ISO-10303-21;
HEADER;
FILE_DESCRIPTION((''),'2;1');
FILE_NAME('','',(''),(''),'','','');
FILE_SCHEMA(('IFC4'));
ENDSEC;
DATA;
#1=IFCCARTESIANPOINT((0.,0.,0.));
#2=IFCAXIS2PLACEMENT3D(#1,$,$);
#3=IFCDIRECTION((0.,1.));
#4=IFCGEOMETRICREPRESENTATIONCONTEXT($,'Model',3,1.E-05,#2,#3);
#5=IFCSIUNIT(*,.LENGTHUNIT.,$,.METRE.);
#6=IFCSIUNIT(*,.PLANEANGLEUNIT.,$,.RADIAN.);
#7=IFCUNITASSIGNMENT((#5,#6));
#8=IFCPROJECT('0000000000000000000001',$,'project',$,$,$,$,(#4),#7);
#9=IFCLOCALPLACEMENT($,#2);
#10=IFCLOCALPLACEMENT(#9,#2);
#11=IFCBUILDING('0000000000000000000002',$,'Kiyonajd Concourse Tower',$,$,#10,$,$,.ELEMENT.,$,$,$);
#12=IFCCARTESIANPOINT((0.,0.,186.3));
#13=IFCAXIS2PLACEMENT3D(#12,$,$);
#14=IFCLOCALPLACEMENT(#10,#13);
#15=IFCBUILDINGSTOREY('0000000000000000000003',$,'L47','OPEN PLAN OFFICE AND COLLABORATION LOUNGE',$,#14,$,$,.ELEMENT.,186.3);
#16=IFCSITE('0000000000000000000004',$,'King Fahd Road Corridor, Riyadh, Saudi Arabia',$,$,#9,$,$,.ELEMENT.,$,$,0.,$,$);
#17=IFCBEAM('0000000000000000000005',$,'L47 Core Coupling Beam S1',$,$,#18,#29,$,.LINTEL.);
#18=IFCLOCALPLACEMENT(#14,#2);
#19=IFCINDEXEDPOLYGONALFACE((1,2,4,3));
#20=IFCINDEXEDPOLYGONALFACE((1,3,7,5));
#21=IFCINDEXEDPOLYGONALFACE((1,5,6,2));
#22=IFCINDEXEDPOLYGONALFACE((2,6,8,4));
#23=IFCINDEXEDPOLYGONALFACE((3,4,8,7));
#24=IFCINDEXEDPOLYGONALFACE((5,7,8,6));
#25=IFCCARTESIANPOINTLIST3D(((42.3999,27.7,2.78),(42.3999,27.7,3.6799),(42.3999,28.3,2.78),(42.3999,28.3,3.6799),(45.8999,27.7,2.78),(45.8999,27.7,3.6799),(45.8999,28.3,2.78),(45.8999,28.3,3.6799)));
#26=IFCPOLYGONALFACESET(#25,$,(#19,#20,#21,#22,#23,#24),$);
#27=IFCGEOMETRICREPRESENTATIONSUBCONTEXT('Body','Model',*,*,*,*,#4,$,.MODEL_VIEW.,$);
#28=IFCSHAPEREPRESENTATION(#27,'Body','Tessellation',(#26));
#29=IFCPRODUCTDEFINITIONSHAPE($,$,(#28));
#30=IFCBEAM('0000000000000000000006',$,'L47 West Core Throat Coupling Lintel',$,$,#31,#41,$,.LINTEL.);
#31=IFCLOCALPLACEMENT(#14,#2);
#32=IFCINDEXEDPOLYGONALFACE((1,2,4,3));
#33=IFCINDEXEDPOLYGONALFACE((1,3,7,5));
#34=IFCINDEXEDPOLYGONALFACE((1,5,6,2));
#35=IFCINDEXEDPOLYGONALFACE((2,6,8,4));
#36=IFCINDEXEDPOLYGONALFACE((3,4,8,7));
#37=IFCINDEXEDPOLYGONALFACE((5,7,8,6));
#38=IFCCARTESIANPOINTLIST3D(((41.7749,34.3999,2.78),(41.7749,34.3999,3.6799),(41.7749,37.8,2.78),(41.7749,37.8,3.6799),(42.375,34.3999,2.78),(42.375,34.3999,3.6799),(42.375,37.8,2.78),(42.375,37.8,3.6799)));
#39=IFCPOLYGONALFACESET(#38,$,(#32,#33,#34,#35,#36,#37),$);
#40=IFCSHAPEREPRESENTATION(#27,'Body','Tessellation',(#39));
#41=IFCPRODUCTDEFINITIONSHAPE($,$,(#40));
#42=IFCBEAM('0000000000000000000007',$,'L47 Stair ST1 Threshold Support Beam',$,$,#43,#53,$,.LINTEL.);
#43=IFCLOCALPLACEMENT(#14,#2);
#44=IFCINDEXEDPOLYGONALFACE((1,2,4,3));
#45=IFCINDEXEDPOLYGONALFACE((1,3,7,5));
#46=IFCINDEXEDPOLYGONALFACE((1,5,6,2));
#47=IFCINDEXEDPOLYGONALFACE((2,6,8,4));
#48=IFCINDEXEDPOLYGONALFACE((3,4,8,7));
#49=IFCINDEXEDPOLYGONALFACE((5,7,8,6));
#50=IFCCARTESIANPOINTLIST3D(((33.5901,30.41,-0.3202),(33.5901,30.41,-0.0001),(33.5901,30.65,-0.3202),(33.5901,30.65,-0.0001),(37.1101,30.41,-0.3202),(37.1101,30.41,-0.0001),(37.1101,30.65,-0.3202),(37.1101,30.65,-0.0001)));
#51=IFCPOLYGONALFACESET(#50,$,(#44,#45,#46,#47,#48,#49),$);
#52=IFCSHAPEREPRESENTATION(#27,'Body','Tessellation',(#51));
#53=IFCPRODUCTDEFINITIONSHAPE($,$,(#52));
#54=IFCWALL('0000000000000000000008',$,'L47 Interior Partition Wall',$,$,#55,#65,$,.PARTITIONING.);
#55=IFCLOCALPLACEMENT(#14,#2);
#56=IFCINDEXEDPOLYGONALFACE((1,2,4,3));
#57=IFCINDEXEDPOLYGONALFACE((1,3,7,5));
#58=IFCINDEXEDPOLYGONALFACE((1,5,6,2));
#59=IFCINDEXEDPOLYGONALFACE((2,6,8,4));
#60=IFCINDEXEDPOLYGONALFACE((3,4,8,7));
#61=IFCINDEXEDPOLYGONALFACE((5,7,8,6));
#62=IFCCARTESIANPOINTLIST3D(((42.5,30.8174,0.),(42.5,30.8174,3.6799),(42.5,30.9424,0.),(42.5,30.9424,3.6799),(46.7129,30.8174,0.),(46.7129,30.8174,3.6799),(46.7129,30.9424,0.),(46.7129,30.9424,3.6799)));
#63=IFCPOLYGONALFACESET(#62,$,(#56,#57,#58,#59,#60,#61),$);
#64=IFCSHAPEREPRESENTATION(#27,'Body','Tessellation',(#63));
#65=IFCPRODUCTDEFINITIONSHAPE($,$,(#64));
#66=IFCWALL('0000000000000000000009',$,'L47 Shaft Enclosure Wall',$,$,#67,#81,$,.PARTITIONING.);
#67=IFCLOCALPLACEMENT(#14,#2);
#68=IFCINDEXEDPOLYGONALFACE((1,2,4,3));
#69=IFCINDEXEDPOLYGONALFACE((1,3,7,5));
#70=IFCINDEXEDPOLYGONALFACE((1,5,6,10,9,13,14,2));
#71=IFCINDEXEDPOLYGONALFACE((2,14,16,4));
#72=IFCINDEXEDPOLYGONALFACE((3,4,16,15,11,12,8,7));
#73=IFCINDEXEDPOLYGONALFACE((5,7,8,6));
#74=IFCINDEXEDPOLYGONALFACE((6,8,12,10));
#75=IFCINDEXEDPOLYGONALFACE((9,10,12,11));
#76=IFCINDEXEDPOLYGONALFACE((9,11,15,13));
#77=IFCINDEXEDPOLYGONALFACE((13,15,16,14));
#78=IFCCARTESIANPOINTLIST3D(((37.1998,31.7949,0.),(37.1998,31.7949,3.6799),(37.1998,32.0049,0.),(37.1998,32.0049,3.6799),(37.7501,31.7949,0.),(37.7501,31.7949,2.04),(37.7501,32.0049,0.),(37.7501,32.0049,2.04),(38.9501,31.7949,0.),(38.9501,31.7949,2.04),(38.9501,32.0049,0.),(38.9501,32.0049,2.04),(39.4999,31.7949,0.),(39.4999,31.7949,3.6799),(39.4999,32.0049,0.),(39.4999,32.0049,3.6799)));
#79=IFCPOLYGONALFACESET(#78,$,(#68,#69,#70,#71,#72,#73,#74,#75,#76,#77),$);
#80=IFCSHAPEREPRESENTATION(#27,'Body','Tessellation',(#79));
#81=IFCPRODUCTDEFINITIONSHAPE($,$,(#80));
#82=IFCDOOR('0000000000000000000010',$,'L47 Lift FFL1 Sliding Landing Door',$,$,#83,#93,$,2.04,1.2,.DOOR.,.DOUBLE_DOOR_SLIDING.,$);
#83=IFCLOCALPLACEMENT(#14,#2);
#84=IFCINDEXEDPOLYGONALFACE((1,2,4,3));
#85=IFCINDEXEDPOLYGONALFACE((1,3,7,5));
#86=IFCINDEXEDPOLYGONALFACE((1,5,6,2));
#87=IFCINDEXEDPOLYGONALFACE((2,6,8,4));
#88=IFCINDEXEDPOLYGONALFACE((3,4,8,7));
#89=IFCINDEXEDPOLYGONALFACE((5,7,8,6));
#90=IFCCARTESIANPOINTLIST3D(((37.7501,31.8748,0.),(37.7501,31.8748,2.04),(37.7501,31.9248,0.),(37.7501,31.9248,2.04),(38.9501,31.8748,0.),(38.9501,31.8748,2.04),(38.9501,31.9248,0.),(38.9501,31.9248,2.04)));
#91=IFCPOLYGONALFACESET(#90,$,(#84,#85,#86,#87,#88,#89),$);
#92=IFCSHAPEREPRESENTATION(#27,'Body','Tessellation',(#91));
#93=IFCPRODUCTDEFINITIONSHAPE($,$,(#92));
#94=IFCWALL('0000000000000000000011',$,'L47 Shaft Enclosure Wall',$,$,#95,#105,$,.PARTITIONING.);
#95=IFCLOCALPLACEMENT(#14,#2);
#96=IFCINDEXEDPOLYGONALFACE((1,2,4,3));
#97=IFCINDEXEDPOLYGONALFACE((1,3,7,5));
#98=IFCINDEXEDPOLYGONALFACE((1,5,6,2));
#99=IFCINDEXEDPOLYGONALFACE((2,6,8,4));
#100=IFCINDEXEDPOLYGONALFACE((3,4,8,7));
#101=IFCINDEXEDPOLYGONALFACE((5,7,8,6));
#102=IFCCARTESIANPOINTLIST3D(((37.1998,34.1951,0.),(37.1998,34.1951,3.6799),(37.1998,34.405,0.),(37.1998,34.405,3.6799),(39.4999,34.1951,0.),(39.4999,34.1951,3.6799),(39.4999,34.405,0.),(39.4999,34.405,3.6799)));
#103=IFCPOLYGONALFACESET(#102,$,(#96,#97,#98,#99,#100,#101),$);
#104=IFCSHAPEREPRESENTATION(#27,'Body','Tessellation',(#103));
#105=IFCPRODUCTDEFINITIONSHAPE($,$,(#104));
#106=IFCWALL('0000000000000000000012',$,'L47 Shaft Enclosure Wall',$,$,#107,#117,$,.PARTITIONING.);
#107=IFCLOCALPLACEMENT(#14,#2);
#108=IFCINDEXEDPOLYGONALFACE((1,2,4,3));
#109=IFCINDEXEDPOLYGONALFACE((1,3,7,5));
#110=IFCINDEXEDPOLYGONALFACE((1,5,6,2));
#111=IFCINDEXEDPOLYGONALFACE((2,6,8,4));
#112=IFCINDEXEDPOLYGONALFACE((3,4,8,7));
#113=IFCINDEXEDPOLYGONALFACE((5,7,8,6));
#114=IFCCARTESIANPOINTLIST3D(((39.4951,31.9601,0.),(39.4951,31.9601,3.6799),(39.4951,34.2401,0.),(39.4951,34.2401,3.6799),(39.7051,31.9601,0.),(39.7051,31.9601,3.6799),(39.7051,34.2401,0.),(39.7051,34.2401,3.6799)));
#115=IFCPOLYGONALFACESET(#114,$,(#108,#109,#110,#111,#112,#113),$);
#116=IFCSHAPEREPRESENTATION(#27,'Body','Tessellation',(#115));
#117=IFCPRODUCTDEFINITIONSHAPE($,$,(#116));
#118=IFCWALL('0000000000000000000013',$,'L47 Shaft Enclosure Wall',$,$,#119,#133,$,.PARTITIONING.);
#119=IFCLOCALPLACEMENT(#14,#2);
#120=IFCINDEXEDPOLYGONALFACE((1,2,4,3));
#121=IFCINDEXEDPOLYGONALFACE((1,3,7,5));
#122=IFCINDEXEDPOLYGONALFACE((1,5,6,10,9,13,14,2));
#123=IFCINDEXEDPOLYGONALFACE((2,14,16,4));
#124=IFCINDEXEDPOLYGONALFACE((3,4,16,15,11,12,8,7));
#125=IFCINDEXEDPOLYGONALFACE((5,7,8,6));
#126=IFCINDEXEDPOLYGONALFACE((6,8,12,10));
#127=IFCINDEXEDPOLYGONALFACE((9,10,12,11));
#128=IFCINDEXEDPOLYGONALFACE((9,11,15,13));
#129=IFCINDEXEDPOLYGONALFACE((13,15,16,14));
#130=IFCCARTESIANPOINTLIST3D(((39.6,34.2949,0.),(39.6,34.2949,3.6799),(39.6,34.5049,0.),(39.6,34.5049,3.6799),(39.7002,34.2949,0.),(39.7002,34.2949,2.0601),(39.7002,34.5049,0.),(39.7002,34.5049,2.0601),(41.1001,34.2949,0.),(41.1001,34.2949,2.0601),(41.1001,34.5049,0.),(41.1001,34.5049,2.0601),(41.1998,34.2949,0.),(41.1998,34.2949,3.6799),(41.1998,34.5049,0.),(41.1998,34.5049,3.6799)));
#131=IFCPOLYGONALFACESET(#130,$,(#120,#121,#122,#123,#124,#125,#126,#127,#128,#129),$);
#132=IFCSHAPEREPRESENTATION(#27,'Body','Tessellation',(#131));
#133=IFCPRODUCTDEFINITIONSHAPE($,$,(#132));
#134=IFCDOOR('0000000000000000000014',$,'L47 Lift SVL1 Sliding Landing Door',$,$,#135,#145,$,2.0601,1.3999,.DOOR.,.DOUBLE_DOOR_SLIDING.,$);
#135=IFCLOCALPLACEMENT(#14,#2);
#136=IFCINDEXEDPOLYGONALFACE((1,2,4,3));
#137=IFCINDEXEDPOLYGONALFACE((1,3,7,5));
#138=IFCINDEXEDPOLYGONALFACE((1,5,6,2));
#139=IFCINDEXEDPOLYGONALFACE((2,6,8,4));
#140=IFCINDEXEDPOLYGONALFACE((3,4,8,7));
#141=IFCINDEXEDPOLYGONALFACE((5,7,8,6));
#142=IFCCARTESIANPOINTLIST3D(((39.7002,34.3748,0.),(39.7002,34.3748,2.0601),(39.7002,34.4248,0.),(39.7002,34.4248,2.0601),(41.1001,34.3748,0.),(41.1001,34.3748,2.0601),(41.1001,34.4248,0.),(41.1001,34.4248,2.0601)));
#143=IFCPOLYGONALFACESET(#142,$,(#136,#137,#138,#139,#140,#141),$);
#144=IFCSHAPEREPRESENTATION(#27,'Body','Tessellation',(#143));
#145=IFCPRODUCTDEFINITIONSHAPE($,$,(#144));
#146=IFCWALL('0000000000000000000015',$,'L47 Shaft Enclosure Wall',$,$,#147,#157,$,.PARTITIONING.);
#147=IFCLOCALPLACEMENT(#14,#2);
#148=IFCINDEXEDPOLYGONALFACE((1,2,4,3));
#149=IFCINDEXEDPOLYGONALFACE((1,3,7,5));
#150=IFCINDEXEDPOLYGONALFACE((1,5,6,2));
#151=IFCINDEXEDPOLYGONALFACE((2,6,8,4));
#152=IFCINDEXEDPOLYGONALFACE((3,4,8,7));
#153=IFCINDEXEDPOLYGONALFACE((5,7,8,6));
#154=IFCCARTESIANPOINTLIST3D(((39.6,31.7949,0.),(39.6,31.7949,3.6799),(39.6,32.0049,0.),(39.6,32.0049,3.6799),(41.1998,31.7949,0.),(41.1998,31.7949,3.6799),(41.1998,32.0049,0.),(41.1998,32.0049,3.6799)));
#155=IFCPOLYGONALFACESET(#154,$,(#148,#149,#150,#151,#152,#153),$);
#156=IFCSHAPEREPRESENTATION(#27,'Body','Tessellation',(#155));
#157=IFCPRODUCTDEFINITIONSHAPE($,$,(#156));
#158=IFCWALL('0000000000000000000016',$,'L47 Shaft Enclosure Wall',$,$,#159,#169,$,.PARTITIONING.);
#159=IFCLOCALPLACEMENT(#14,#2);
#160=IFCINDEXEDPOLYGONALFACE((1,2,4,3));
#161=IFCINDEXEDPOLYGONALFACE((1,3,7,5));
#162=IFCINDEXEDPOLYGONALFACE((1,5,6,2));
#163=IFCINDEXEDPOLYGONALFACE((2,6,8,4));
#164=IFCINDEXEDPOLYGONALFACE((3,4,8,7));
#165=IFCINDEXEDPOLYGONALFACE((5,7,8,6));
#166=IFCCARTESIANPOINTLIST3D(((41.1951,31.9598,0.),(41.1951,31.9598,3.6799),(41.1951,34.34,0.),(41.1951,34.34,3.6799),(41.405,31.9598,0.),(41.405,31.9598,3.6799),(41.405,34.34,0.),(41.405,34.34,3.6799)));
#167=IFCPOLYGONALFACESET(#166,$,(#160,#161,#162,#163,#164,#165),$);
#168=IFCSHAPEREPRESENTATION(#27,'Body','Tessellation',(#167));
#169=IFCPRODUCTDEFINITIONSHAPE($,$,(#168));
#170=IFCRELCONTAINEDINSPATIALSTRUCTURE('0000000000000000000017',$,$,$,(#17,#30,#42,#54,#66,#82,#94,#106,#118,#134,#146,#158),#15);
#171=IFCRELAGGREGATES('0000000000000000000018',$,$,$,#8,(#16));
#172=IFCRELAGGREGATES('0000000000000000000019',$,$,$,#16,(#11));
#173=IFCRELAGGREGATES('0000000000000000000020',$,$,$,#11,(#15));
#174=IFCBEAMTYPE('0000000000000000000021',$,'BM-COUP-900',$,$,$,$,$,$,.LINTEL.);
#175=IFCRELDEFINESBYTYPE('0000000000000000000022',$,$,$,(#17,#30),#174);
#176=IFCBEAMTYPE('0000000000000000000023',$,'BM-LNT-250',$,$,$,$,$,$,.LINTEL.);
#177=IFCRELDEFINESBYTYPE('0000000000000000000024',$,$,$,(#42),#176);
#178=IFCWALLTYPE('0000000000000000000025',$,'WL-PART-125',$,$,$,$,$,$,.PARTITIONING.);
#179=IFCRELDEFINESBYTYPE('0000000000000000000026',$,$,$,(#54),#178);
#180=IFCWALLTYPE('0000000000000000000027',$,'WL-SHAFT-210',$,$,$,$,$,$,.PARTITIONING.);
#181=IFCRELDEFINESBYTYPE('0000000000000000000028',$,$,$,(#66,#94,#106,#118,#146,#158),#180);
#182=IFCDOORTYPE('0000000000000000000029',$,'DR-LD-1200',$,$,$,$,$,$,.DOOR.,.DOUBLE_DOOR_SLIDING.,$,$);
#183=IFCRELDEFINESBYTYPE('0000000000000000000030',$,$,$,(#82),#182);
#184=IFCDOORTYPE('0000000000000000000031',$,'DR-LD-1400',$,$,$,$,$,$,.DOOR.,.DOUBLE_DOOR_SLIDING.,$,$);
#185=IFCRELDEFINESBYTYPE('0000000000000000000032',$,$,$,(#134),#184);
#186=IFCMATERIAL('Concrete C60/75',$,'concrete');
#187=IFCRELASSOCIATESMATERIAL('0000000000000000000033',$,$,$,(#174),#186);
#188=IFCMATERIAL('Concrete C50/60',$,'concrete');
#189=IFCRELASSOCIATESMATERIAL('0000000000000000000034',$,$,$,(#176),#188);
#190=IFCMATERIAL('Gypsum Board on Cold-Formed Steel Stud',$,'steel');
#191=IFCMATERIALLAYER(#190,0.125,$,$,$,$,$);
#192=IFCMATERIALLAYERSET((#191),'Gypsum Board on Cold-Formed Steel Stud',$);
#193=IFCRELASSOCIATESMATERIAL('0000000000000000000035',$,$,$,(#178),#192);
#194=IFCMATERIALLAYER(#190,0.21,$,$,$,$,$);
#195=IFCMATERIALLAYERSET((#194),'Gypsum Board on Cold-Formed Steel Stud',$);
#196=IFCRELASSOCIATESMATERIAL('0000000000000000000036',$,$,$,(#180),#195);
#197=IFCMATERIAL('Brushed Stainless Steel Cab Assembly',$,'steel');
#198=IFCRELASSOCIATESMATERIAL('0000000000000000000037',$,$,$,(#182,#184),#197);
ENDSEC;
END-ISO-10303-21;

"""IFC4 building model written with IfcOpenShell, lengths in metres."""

from ifc_helpers import new_model, si_unit, direction, frame, frame_2d, origin, origin_2d, place, context, subcontext, project, spatial, rectangle, extrude, material, layer, layer_set, material_profile, profile_set, type_object, element, fill, save


model = new_model("IFC4")

# Units and contexts
model_context = context("Model", 3, precision=1e-05, world=origin(), true_north=direction((0.0, 1.0)))
body_context = subcontext(model_context, "Body", "Model", "MODEL_VIEW")
ifc_project = project(units=[si_unit("LENGTHUNIT", "METRE"), si_unit("PLANEANGLEUNIT", "RADIAN")], contexts=[model_context])

# Site, building, storey
site_placement = place(None, origin())
site = spatial("IfcSite", under=ifc_project, at=site_placement, Name="King Fahd Road Corridor, Riyadh, Saudi Arabia", CompositionType="ELEMENT", RefElevation=0.0)
building_placement = place(site_placement, origin())
building = spatial("IfcBuilding", under=site, at=building_placement, Name="Kiyonajd Concourse Tower", CompositionType="ELEMENT")
storey_placement = place(building_placement, frame((0.0, 0.0, 186.3)))
storey = spatial("IfcBuildingStorey", under=building, at=storey_placement, Name="L47", Description="OPEN PLAN OFFICE AND COLLABORATION LOUNGE", CompositionType="ELEMENT", Elevation=186.3)

# Beams
ifc_material_1 = material(Name="Concrete C60/75", Category="concrete")
ifc_material_profile_1 = material_profile(ifc_material_1, rectangle(XDim=0.6001, YDim=0.8999, at=origin_2d()), Name="RCBM-600x900")
ifc_profile_set_1 = profile_set([ifc_material_profile_1], Name="Concrete C60/75")
beam_type_1 = type_object("IfcBeamType", Name="BM-COUP-900", PredefinedType="LINTEL", material=ifc_profile_set_1)
beam_1_placement = place(storey_placement, frame((42.3999, 28.0, 3.23), z_axis=(1.0, 0.0, 0.0), x_axis=(0.0, 1.0, 0.0)))
element("IfcBeam", 1, at=beam_1_placement, inside=storey, type_object=beam_type_1, Name="L47 Core Coupling Beam S1", PredefinedType="LINTEL", context=body_context, shape_type="SweptSolid", body=[
    extrude(rectangle(XDim=0.6001, YDim=0.8999, at=origin_2d()), origin(), (0.0, 0.0, 1.0), 3.5),
])
beam_2_placement = place(storey_placement, frame((42.075, 34.3999, 3.23), z_axis=(0.0, 1.0, 0.0), x_axis=(-1.0, 0.0, 0.0)))
element("IfcBeam", 2, at=beam_2_placement, inside=storey, type_object=beam_type_1, Name="L47 West Core Throat Coupling Lintel", PredefinedType="LINTEL", context=body_context, shape_type="SweptSolid", body=[
    extrude(rectangle(XDim=0.6001, YDim=0.8999, at=origin_2d()), origin(), (0.0, 0.0, 1.0), 3.4001),
])
ifc_material_2 = material(Name="Concrete C50/60", Category="concrete")
ifc_material_profile_2 = material_profile(ifc_material_2, rectangle(XDim=0.24, YDim=0.3201, at=origin_2d()), Name="RCBM-240x320")
ifc_profile_set_2 = profile_set([ifc_material_profile_2], Name="Concrete C50/60")
beam_type_2 = type_object("IfcBeamType", Name="BM-LNT-250", PredefinedType="LINTEL", material=ifc_profile_set_2)
beam_3_placement = place(storey_placement, frame((33.5901, 30.53, -0.1602), z_axis=(1.0, 0.0, 0.0), x_axis=(0.0, 1.0, 0.0)))
element("IfcBeam", 3, at=beam_3_placement, inside=storey, type_object=beam_type_2, Name="L47 Stair ST1 Threshold Support Beam", PredefinedType="LINTEL", context=body_context, shape_type="SweptSolid", body=[
    extrude(rectangle(XDim=0.24, YDim=0.3201, at=origin_2d()), origin(), (0.0, 0.0, 1.0), 3.52),
])

# Wall
ifc_material_3 = material(Name="Gypsum Board on Cold-Formed Steel Stud", Category="steel")
ifc_layer_1 = layer(ifc_material_3, 0.125)
ifc_layer_set_1 = layer_set([ifc_layer_1], Name="Gypsum Board on Cold-Formed Steel Stud")
wall_type_1 = type_object("IfcWallType", Name="WL-PART-125", PredefinedType="PARTITIONING", material=ifc_layer_set_1)
wall_1_placement = place(storey_placement, frame((42.5, 30.8799, 0.0), z_axis=(0.0, 0.0, 1.0), x_axis=(1.0, 0.0, 0.0)))
element("IfcWall", 4, at=wall_1_placement, inside=storey, type_object=wall_type_1, Name="L47 Interior Partition Wall", PredefinedType="PARTITIONING", context=body_context, shape_type="SweptSolid", body=[
    extrude(rectangle(XDim=4.2129, YDim=0.125, at=frame_2d((2.1064, 0.0))), origin(), (0.0, 0.0, 1.0), 3.6799),
])

# Wall, opening, door
ifc_layer_2 = layer(ifc_material_3, 0.21)
ifc_layer_set_2 = layer_set([ifc_layer_2], Name="Gypsum Board on Cold-Formed Steel Stud")
wall_type_2 = type_object("IfcWallType", Name="WL-SHAFT-210", PredefinedType="PARTITIONING", material=ifc_layer_set_2)
wall_2_placement = place(storey_placement, frame((37.2, 31.8999, 0.0), z_axis=(0.0, 0.0, 1.0), x_axis=(1.0, 0.0, 0.0)))
wall_2 = element("IfcWall", 5, at=wall_2_placement, inside=storey, type_object=wall_type_2, Name="L47 Shaft Enclosure Wall", PredefinedType="PARTITIONING", context=body_context, shape_type="SweptSolid", body=[
    extrude(rectangle(XDim=2.3, YDim=0.21, at=frame_2d((1.1499, 0.0))), origin(), (0.0, 0.0, 1.0), 3.6799),
])
opening_1_placement = place(wall_2_placement, frame((0.55, 0.0, 0.0)))
opening_1 = element("IfcOpeningElement", 6, at=opening_1_placement, cuts=wall_2, PredefinedType="OPENING", context=body_context, shape_type="SweptSolid", body=[
    extrude(rectangle(XDim=1.2, YDim=2.04, at=frame_2d((0.6001, 1.02))), frame((0.0, 0.115, 0.0), z_axis=(0.0, -1.0, 0.0), x_axis=(1.0, 0.0, 0.0)), (0.0, 0.0, 1.0), 0.23),
])
ifc_material_4 = material(Name="Brushed Stainless Steel Cab Assembly", Category="steel")
door_type_1 = type_object("IfcDoorType", Name="DR-LD-1200", OperationType="DOUBLE_DOOR_SLIDING", PredefinedType="DOOR", material=ifc_material_4)
door_1_placement = place(opening_1_placement, origin())
door_1 = element("IfcDoor", 7, at=door_1_placement, inside=storey, type_object=door_type_1, Name="L47 Lift FFL1 Sliding Landing Door", OperationType="DOUBLE_DOOR_SLIDING", OverallHeight=2.04, OverallWidth=1.2, PredefinedType="DOOR", context=body_context, shape_type="SweptSolid", body=[
    extrude(rectangle(XDim=1.2, YDim=2.04, at=frame_2d((0.6001, 1.02))), frame((0.0, 0.0249, 0.0), z_axis=(0.0, -1.0, 0.0), x_axis=(1.0, 0.0, 0.0)), (0.0, 0.0, 1.0), 0.05),
])
fill(opening_1, door_1)

# Walls
wall_3_placement = place(storey_placement, frame((37.2, 34.3, 0.0), z_axis=(0.0, 0.0, 1.0), x_axis=(1.0, 0.0, 0.0)))
element("IfcWall", 8, at=wall_3_placement, inside=storey, type_object=wall_type_2, Name="L47 Shaft Enclosure Wall", PredefinedType="PARTITIONING", context=body_context, shape_type="SweptSolid", body=[
    extrude(rectangle(XDim=2.3, YDim=0.21, at=frame_2d((1.1499, 0.0))), origin(), (0.0, 0.0, 1.0), 3.6799),
])
wall_4_placement = place(storey_placement, frame((39.6001, 31.96, 0.0), z_axis=(0.0, 0.0, 1.0), x_axis=(0.0, 1.0, 0.0)))
element("IfcWall", 9, at=wall_4_placement, inside=storey, type_object=wall_type_2, Name="L47 Shaft Enclosure Wall", PredefinedType="PARTITIONING", context=body_context, shape_type="SweptSolid", body=[
    extrude(rectangle(XDim=2.28, YDim=0.21, at=frame_2d((1.1401, 0.0))), origin(), (0.0, 0.0, 1.0), 3.6799),
])

# Wall, opening, door
wall_5_placement = place(storey_placement, frame((39.6001, 34.3999, 0.0), z_axis=(0.0, 0.0, 1.0), x_axis=(1.0, 0.0, 0.0)))
wall_5 = element("IfcWall", 10, at=wall_5_placement, inside=storey, type_object=wall_type_2, Name="L47 Shaft Enclosure Wall", PredefinedType="PARTITIONING", context=body_context, shape_type="SweptSolid", body=[
    extrude(rectangle(XDim=1.5999, YDim=0.21, at=frame_2d((0.7998, 0.0))), origin(), (0.0, 0.0, 1.0), 3.6799),
])
opening_2_placement = place(wall_5_placement, frame((0.1001, 0.0, 0.0)))
opening_2 = element("IfcOpeningElement", 11, at=opening_2_placement, cuts=wall_5, PredefinedType="OPENING", context=body_context, shape_type="SweptSolid", body=[
    extrude(rectangle(XDim=1.3999, YDim=2.0601, at=frame_2d((0.7, 1.03))), frame((0.0, 0.115, 0.0), z_axis=(0.0, -1.0, 0.0), x_axis=(1.0, 0.0, 0.0)), (0.0, 0.0, 1.0), 0.23),
])
door_type_2 = type_object("IfcDoorType", Name="DR-LD-1400", OperationType="DOUBLE_DOOR_SLIDING", PredefinedType="DOOR", material=ifc_material_4)
door_2_placement = place(opening_2_placement, origin())
door_2 = element("IfcDoor", 12, at=door_2_placement, inside=storey, type_object=door_type_2, Name="L47 Lift SVL1 Sliding Landing Door", OperationType="DOUBLE_DOOR_SLIDING", OverallHeight=2.0601, OverallWidth=1.3999, PredefinedType="DOOR", context=body_context, shape_type="SweptSolid", body=[
    extrude(rectangle(XDim=1.3999, YDim=2.0601, at=frame_2d((0.7, 1.03))), frame((0.0, 0.0249, 0.0), z_axis=(0.0, -1.0, 0.0), x_axis=(1.0, 0.0, 0.0)), (0.0, 0.0, 1.0), 0.05),
])
fill(opening_2, door_2)

# Walls
wall_6_placement = place(storey_placement, frame((39.6001, 31.8999, 0.0), z_axis=(0.0, 0.0, 1.0), x_axis=(1.0, 0.0, 0.0)))
element("IfcWall", 13, at=wall_6_placement, inside=storey, type_object=wall_type_2, Name="L47 Shaft Enclosure Wall", PredefinedType="PARTITIONING", context=body_context, shape_type="SweptSolid", body=[
    extrude(rectangle(XDim=1.5999, YDim=0.21, at=frame_2d((0.7998, 0.0))), origin(), (0.0, 0.0, 1.0), 3.6799),
])
wall_7_placement = place(storey_placement, frame((41.3, 31.96, 0.0), z_axis=(0.0, 0.0, 1.0), x_axis=(0.0, 1.0, 0.0)))
element("IfcWall", 14, at=wall_7_placement, inside=storey, type_object=wall_type_2, Name="L47 Shaft Enclosure Wall", PredefinedType="PARTITIONING", context=body_context, shape_type="SweptSolid", body=[
    extrude(rectangle(XDim=2.3801, YDim=0.21, at=frame_2d((1.1899, 0.0))), origin(), (0.0, 0.0, 1.0), 3.6799),
])

save(model, "model.ifc")
